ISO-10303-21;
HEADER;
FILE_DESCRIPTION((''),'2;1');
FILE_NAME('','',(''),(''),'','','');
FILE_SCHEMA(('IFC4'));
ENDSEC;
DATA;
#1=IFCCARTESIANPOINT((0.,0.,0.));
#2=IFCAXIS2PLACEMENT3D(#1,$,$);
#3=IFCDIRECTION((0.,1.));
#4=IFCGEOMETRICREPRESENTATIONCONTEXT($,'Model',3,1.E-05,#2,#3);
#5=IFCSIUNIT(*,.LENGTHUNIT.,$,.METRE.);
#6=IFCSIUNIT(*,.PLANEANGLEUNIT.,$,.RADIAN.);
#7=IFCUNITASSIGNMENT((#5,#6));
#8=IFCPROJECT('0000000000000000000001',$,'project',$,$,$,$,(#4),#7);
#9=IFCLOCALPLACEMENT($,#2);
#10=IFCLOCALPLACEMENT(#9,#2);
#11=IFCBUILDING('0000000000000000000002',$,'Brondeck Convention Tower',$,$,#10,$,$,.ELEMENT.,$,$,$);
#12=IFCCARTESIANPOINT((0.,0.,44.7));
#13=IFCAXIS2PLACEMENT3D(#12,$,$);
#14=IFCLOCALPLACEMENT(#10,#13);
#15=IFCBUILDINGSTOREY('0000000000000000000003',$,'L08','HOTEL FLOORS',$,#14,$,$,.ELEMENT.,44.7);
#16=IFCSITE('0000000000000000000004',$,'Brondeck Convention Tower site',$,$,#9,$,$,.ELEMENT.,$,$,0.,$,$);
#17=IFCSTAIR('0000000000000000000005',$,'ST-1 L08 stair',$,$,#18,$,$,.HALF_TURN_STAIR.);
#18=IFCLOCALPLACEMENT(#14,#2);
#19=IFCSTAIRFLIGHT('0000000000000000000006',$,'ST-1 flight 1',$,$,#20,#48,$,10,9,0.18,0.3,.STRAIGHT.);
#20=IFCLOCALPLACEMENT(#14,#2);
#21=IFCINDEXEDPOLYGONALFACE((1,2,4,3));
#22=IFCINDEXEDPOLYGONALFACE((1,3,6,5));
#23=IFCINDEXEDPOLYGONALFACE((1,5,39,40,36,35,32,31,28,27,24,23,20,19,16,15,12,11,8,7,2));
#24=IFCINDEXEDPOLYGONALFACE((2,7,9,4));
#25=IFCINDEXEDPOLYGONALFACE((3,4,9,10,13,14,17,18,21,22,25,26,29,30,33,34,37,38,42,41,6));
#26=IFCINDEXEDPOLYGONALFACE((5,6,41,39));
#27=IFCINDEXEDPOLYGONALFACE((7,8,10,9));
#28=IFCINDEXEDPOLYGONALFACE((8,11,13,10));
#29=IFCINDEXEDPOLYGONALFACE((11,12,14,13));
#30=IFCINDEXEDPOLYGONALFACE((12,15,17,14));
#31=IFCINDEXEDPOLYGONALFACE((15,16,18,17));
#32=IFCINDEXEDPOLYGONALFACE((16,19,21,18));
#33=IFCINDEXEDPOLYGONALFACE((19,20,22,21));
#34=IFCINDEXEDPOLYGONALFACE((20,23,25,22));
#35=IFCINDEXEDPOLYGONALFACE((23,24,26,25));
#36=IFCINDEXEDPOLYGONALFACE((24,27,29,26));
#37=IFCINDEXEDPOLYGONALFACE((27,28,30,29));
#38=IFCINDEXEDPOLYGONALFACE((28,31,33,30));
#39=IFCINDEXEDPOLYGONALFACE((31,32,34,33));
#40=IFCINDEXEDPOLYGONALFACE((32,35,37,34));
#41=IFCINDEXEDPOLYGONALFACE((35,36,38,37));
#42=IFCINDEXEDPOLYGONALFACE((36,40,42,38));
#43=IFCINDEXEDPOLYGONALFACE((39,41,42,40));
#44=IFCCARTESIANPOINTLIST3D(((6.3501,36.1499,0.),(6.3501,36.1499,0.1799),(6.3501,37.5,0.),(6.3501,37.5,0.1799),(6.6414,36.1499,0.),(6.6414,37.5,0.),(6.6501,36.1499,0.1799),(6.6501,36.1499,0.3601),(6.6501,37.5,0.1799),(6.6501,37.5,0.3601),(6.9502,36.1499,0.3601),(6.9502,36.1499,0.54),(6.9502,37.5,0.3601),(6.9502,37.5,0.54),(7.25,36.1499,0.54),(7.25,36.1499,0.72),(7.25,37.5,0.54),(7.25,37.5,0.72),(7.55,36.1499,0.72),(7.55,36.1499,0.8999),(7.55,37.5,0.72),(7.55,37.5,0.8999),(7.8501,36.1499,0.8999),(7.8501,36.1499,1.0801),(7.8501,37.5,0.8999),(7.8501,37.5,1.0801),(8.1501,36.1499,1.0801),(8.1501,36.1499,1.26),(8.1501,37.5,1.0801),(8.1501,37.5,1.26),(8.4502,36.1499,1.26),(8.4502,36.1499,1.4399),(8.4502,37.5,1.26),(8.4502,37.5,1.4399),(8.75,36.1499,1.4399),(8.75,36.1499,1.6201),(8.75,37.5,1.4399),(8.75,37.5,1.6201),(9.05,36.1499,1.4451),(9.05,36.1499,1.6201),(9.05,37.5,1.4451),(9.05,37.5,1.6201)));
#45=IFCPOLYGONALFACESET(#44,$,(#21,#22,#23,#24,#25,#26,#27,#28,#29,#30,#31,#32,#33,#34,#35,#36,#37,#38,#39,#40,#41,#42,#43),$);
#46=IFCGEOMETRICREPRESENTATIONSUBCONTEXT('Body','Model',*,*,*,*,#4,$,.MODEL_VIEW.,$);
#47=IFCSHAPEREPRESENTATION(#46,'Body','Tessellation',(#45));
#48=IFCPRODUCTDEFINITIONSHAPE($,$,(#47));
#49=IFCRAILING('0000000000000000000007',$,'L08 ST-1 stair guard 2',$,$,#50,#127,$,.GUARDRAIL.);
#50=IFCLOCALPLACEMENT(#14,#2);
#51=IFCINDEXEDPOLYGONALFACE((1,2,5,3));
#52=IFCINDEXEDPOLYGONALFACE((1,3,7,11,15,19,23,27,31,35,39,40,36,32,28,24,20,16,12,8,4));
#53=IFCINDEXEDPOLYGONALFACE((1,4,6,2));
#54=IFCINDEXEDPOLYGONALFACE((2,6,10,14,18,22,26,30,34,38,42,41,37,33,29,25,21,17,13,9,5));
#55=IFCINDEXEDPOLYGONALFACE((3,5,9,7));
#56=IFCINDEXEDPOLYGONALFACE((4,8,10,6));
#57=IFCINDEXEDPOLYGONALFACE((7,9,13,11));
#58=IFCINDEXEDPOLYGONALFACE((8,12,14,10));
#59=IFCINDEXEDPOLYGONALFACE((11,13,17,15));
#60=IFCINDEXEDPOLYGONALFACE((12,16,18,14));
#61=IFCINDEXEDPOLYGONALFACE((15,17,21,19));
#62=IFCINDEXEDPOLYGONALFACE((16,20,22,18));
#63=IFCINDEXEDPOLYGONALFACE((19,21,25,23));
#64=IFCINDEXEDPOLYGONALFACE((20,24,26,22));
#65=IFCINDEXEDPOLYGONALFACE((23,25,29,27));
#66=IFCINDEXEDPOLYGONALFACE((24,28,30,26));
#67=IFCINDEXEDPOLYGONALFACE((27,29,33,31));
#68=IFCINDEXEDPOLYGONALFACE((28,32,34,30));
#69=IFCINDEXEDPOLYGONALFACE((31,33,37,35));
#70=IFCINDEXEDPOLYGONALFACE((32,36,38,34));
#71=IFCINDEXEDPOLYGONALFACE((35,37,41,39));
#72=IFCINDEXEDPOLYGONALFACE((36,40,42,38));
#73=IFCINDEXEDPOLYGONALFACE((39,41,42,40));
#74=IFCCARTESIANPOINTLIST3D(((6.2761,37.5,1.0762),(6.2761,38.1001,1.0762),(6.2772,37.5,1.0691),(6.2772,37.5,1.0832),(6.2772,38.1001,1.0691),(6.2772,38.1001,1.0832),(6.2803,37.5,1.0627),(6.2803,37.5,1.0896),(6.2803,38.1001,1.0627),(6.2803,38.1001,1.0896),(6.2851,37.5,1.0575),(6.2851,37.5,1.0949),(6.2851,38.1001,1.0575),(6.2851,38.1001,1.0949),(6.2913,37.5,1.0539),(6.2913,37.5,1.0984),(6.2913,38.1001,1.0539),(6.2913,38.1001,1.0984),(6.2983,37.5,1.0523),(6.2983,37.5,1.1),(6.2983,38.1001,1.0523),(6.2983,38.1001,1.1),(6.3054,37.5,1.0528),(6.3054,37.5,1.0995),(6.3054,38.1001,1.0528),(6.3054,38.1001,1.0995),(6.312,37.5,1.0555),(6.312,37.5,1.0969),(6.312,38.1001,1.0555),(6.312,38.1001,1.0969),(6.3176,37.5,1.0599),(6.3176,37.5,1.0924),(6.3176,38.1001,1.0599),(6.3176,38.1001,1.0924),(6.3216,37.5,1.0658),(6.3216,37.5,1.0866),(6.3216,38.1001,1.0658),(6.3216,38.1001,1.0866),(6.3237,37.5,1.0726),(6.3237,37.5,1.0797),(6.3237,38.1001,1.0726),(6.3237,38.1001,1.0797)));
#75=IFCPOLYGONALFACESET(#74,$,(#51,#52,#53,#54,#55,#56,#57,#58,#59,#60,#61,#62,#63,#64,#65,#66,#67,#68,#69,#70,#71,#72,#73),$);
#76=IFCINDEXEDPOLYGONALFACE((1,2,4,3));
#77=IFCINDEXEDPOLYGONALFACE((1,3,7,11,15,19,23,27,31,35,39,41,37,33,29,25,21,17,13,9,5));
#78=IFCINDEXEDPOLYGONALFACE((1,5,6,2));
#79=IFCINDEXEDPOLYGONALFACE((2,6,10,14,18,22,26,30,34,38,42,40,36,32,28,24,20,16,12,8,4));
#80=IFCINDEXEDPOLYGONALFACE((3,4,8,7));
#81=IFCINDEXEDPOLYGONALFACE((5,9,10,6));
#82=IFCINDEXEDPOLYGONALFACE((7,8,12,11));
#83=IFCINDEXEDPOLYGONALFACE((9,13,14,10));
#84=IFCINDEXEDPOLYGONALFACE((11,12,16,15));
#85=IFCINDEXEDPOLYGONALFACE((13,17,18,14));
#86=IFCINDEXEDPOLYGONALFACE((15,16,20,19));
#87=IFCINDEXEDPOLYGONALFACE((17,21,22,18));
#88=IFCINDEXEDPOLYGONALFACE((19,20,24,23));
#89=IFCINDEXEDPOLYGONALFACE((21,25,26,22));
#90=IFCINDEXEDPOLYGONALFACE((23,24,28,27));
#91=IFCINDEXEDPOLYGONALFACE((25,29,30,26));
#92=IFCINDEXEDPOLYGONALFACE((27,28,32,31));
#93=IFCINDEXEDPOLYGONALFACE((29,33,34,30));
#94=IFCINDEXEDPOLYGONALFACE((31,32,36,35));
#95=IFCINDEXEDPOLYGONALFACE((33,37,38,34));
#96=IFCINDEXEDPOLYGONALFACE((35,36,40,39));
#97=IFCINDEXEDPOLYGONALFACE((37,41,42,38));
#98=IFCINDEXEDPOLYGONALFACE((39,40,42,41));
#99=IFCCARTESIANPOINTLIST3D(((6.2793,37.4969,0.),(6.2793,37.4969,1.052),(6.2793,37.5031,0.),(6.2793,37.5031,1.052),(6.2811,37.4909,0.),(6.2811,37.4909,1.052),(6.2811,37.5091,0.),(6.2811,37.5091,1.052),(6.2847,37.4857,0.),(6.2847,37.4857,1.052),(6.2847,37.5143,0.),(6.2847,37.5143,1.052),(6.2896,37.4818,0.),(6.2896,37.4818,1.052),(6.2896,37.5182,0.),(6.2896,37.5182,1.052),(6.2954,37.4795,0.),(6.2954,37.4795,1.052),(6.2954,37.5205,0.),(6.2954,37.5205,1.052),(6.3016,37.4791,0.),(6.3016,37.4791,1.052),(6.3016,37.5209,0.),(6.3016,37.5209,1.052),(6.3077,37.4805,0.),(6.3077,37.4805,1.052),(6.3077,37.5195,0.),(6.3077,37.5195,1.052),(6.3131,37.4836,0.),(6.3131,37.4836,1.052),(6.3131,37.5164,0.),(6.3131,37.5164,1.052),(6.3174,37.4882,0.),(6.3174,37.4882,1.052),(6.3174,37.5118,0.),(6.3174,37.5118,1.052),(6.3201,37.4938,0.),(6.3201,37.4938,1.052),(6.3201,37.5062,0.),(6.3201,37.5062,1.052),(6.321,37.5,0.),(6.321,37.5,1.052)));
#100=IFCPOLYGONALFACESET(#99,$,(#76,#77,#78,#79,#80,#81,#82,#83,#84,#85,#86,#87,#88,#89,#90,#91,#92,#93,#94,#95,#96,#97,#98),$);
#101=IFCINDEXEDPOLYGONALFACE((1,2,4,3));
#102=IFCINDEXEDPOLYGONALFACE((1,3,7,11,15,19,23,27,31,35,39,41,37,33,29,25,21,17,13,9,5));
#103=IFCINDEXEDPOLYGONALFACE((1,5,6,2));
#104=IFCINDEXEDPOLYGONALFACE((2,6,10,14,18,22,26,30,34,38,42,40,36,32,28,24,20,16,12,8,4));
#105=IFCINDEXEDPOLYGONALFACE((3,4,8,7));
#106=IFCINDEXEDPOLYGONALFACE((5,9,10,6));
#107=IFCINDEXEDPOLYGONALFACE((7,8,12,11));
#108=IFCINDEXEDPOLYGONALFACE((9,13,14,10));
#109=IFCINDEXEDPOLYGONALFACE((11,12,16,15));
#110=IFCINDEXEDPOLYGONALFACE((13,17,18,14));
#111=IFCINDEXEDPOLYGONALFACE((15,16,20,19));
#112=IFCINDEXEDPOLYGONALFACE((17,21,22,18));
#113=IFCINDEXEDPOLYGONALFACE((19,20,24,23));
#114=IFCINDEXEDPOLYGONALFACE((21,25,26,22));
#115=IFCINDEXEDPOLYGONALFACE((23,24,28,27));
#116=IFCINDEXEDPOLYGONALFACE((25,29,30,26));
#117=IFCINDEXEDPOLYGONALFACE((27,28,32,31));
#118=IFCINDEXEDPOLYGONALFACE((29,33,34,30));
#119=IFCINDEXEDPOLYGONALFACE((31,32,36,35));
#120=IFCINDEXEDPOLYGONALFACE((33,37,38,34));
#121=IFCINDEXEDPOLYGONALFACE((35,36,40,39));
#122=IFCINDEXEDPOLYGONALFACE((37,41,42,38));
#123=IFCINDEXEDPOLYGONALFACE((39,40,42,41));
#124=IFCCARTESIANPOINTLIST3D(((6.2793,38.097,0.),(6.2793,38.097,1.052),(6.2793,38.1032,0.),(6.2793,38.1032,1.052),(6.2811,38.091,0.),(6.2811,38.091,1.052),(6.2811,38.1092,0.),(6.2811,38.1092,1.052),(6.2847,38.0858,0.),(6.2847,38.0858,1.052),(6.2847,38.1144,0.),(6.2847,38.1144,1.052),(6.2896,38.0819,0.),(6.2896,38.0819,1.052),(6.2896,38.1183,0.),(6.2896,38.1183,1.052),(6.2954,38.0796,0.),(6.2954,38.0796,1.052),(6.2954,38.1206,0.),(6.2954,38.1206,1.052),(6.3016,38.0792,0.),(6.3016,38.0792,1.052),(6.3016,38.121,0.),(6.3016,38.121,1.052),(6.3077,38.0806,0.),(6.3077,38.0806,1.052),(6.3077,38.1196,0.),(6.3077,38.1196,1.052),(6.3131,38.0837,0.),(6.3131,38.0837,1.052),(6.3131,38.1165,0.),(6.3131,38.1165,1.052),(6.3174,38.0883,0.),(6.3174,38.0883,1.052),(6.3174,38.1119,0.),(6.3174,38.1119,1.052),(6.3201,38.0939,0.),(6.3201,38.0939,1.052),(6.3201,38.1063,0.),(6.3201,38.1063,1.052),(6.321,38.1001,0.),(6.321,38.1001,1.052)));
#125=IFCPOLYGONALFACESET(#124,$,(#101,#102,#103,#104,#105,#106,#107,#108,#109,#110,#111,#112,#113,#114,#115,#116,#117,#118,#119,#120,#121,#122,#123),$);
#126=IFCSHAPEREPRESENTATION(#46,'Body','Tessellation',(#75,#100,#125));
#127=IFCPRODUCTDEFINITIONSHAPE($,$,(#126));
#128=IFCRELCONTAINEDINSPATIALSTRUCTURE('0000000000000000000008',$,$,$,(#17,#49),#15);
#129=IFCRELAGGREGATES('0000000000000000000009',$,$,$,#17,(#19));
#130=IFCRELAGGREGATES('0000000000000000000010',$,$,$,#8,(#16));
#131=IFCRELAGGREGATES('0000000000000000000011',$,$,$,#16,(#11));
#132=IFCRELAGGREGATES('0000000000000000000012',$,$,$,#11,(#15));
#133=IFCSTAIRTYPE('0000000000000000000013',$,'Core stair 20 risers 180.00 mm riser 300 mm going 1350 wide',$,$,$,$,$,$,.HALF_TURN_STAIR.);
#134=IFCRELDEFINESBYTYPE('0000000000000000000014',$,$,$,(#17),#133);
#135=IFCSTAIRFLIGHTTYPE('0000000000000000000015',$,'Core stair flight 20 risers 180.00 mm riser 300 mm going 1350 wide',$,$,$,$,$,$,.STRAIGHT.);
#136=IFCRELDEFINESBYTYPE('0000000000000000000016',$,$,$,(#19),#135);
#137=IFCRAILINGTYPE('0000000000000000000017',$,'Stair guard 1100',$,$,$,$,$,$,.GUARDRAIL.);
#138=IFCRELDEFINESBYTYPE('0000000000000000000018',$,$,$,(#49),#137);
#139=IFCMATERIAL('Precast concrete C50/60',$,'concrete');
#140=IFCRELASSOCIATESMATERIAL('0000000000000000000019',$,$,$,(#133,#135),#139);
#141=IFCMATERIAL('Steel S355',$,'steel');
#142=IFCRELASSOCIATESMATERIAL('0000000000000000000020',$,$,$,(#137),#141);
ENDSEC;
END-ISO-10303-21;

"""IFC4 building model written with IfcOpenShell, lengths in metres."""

from ifc_helpers import new_model, si_unit, direction, frame, origin, origin_2d, place, context, subcontext, project, spatial, polyline, circle, outline, extrude, material, type_object, element, aggregate, save


model = new_model("IFC4")

# Units and contexts
model_context = context("Model", 3, precision=1e-05, world=origin(), true_north=direction((0.0, 1.0)))
body_context = subcontext(model_context, "Body", "Model", "MODEL_VIEW")
ifc_project = project(units=[si_unit("LENGTHUNIT", "METRE"), si_unit("PLANEANGLEUNIT", "RADIAN")], contexts=[model_context])

# Site, building, storey
site_placement = place(None, origin())
site = spatial("IfcSite", under=ifc_project, at=site_placement, Name="Brondeck Convention Tower site", CompositionType="ELEMENT", RefElevation=0.0)
building_placement = place(site_placement, origin())
building = spatial("IfcBuilding", under=site, at=building_placement, Name="Brondeck Convention Tower", CompositionType="ELEMENT")
storey_placement = place(building_placement, frame((0.0, 0.0, 44.7)))
storey = spatial("IfcBuildingStorey", under=building, at=storey_placement, Name="L08", Description="HOTEL FLOORS", CompositionType="ELEMENT", Elevation=44.7)

# Stair, stair flight
ifc_material_1 = material(Name="Precast concrete C50/60", Category="concrete")
stair_type = type_object("IfcStairType", Name="Core stair 20 risers 180.00 mm riser 300 mm going 1350 wide", PredefinedType="HALF_TURN_STAIR", material=ifc_material_1)
stair_placement = place(storey_placement, origin())
stair = element("IfcStair", 1, at=stair_placement, inside=storey, type_object=stair_type, Name="ST-1 L08 stair", PredefinedType="HALF_TURN_STAIR")
stair_flight_type = type_object("IfcStairFlightType", Name="Core stair flight 20 risers 180.00 mm riser 300 mm going 1350 wide", PredefinedType="STRAIGHT", material=ifc_material_1)
stair_flight_placement = place(storey_placement, frame((6.3501, 36.825, 0.0), z_axis=(0.0, 0.0, 1.0), x_axis=(1.0, 0.0, 0.0)))
stair_flight = element("IfcStairFlight", 2, at=stair_flight_placement, type_object=stair_flight_type, Name="ST-1 flight 1", NumberOfRisers=10, NumberOfTreads=9, PredefinedType="STRAIGHT", RiserHeight=0.18, TreadLength=0.3, context=body_context, shape_type="SweptSolid", body=[
    extrude(outline(polyline([(0.0, 0.0), (0.0, 0.1799), (0.3, 0.1799), (0.3, 0.3601), (0.6001, 0.3601), (0.6001, 0.54), (0.8999, 0.54), (0.8999, 0.72), (1.2, 0.72), (1.2, 0.8999), (1.5, 0.8999), (1.5, 1.0801), (1.8, 1.0801), (1.8, 1.26), (2.1001, 1.26), (2.1001, 1.4399), (2.3999, 1.4399), (2.3999, 1.6201), (2.7, 1.6201), (2.7, 1.8), (2.7, 1.4451), (0.2913, 0.0), (0.0, 0.0)])), frame((0.0, 0.675, 0.0), z_axis=(0.0, -1.0, 0.0), x_axis=(1.0, 0.0, 0.0)), (0.0, 0.0, 1.0), 1.3501),
])
aggregate(stair, [stair_flight])

# Railing
ifc_material_2 = material(Name="Steel S355", Category="steel")
railing_type_1 = type_object("IfcRailingType", Name="Stair guard 1100", PredefinedType="GUARDRAIL", material=ifc_material_2)
railing_1_placement = place(storey_placement, frame((6.3, 37.5, 0.0)))
element("IfcRailing", 3, at=railing_1_placement, inside=storey, type_object=railing_type_1, Name="L08 ST-1 stair guard 2", PredefinedType="GUARDRAIL", context=body_context, shape_type="SweptSolid", body=[
    extrude(circle(Radius=0.0239, at=origin_2d()), frame((0.0, 0.0, 1.0762), z_axis=(0.0, 1.0, 0.0), x_axis=(-1.0, 0.0, 0.0)), (0.0, 0.0, 1.0), 0.6001),
    extrude(circle(Radius=0.021, at=origin_2d()), origin(), (0.0, 0.0, 1.0), 1.052),
    extrude(circle(Radius=0.021, at=origin_2d()), frame((0.0, 0.6001, 0.0)), (0.0, 0.0, 1.0), 1.052),
])

save(model, "model.ifc")
